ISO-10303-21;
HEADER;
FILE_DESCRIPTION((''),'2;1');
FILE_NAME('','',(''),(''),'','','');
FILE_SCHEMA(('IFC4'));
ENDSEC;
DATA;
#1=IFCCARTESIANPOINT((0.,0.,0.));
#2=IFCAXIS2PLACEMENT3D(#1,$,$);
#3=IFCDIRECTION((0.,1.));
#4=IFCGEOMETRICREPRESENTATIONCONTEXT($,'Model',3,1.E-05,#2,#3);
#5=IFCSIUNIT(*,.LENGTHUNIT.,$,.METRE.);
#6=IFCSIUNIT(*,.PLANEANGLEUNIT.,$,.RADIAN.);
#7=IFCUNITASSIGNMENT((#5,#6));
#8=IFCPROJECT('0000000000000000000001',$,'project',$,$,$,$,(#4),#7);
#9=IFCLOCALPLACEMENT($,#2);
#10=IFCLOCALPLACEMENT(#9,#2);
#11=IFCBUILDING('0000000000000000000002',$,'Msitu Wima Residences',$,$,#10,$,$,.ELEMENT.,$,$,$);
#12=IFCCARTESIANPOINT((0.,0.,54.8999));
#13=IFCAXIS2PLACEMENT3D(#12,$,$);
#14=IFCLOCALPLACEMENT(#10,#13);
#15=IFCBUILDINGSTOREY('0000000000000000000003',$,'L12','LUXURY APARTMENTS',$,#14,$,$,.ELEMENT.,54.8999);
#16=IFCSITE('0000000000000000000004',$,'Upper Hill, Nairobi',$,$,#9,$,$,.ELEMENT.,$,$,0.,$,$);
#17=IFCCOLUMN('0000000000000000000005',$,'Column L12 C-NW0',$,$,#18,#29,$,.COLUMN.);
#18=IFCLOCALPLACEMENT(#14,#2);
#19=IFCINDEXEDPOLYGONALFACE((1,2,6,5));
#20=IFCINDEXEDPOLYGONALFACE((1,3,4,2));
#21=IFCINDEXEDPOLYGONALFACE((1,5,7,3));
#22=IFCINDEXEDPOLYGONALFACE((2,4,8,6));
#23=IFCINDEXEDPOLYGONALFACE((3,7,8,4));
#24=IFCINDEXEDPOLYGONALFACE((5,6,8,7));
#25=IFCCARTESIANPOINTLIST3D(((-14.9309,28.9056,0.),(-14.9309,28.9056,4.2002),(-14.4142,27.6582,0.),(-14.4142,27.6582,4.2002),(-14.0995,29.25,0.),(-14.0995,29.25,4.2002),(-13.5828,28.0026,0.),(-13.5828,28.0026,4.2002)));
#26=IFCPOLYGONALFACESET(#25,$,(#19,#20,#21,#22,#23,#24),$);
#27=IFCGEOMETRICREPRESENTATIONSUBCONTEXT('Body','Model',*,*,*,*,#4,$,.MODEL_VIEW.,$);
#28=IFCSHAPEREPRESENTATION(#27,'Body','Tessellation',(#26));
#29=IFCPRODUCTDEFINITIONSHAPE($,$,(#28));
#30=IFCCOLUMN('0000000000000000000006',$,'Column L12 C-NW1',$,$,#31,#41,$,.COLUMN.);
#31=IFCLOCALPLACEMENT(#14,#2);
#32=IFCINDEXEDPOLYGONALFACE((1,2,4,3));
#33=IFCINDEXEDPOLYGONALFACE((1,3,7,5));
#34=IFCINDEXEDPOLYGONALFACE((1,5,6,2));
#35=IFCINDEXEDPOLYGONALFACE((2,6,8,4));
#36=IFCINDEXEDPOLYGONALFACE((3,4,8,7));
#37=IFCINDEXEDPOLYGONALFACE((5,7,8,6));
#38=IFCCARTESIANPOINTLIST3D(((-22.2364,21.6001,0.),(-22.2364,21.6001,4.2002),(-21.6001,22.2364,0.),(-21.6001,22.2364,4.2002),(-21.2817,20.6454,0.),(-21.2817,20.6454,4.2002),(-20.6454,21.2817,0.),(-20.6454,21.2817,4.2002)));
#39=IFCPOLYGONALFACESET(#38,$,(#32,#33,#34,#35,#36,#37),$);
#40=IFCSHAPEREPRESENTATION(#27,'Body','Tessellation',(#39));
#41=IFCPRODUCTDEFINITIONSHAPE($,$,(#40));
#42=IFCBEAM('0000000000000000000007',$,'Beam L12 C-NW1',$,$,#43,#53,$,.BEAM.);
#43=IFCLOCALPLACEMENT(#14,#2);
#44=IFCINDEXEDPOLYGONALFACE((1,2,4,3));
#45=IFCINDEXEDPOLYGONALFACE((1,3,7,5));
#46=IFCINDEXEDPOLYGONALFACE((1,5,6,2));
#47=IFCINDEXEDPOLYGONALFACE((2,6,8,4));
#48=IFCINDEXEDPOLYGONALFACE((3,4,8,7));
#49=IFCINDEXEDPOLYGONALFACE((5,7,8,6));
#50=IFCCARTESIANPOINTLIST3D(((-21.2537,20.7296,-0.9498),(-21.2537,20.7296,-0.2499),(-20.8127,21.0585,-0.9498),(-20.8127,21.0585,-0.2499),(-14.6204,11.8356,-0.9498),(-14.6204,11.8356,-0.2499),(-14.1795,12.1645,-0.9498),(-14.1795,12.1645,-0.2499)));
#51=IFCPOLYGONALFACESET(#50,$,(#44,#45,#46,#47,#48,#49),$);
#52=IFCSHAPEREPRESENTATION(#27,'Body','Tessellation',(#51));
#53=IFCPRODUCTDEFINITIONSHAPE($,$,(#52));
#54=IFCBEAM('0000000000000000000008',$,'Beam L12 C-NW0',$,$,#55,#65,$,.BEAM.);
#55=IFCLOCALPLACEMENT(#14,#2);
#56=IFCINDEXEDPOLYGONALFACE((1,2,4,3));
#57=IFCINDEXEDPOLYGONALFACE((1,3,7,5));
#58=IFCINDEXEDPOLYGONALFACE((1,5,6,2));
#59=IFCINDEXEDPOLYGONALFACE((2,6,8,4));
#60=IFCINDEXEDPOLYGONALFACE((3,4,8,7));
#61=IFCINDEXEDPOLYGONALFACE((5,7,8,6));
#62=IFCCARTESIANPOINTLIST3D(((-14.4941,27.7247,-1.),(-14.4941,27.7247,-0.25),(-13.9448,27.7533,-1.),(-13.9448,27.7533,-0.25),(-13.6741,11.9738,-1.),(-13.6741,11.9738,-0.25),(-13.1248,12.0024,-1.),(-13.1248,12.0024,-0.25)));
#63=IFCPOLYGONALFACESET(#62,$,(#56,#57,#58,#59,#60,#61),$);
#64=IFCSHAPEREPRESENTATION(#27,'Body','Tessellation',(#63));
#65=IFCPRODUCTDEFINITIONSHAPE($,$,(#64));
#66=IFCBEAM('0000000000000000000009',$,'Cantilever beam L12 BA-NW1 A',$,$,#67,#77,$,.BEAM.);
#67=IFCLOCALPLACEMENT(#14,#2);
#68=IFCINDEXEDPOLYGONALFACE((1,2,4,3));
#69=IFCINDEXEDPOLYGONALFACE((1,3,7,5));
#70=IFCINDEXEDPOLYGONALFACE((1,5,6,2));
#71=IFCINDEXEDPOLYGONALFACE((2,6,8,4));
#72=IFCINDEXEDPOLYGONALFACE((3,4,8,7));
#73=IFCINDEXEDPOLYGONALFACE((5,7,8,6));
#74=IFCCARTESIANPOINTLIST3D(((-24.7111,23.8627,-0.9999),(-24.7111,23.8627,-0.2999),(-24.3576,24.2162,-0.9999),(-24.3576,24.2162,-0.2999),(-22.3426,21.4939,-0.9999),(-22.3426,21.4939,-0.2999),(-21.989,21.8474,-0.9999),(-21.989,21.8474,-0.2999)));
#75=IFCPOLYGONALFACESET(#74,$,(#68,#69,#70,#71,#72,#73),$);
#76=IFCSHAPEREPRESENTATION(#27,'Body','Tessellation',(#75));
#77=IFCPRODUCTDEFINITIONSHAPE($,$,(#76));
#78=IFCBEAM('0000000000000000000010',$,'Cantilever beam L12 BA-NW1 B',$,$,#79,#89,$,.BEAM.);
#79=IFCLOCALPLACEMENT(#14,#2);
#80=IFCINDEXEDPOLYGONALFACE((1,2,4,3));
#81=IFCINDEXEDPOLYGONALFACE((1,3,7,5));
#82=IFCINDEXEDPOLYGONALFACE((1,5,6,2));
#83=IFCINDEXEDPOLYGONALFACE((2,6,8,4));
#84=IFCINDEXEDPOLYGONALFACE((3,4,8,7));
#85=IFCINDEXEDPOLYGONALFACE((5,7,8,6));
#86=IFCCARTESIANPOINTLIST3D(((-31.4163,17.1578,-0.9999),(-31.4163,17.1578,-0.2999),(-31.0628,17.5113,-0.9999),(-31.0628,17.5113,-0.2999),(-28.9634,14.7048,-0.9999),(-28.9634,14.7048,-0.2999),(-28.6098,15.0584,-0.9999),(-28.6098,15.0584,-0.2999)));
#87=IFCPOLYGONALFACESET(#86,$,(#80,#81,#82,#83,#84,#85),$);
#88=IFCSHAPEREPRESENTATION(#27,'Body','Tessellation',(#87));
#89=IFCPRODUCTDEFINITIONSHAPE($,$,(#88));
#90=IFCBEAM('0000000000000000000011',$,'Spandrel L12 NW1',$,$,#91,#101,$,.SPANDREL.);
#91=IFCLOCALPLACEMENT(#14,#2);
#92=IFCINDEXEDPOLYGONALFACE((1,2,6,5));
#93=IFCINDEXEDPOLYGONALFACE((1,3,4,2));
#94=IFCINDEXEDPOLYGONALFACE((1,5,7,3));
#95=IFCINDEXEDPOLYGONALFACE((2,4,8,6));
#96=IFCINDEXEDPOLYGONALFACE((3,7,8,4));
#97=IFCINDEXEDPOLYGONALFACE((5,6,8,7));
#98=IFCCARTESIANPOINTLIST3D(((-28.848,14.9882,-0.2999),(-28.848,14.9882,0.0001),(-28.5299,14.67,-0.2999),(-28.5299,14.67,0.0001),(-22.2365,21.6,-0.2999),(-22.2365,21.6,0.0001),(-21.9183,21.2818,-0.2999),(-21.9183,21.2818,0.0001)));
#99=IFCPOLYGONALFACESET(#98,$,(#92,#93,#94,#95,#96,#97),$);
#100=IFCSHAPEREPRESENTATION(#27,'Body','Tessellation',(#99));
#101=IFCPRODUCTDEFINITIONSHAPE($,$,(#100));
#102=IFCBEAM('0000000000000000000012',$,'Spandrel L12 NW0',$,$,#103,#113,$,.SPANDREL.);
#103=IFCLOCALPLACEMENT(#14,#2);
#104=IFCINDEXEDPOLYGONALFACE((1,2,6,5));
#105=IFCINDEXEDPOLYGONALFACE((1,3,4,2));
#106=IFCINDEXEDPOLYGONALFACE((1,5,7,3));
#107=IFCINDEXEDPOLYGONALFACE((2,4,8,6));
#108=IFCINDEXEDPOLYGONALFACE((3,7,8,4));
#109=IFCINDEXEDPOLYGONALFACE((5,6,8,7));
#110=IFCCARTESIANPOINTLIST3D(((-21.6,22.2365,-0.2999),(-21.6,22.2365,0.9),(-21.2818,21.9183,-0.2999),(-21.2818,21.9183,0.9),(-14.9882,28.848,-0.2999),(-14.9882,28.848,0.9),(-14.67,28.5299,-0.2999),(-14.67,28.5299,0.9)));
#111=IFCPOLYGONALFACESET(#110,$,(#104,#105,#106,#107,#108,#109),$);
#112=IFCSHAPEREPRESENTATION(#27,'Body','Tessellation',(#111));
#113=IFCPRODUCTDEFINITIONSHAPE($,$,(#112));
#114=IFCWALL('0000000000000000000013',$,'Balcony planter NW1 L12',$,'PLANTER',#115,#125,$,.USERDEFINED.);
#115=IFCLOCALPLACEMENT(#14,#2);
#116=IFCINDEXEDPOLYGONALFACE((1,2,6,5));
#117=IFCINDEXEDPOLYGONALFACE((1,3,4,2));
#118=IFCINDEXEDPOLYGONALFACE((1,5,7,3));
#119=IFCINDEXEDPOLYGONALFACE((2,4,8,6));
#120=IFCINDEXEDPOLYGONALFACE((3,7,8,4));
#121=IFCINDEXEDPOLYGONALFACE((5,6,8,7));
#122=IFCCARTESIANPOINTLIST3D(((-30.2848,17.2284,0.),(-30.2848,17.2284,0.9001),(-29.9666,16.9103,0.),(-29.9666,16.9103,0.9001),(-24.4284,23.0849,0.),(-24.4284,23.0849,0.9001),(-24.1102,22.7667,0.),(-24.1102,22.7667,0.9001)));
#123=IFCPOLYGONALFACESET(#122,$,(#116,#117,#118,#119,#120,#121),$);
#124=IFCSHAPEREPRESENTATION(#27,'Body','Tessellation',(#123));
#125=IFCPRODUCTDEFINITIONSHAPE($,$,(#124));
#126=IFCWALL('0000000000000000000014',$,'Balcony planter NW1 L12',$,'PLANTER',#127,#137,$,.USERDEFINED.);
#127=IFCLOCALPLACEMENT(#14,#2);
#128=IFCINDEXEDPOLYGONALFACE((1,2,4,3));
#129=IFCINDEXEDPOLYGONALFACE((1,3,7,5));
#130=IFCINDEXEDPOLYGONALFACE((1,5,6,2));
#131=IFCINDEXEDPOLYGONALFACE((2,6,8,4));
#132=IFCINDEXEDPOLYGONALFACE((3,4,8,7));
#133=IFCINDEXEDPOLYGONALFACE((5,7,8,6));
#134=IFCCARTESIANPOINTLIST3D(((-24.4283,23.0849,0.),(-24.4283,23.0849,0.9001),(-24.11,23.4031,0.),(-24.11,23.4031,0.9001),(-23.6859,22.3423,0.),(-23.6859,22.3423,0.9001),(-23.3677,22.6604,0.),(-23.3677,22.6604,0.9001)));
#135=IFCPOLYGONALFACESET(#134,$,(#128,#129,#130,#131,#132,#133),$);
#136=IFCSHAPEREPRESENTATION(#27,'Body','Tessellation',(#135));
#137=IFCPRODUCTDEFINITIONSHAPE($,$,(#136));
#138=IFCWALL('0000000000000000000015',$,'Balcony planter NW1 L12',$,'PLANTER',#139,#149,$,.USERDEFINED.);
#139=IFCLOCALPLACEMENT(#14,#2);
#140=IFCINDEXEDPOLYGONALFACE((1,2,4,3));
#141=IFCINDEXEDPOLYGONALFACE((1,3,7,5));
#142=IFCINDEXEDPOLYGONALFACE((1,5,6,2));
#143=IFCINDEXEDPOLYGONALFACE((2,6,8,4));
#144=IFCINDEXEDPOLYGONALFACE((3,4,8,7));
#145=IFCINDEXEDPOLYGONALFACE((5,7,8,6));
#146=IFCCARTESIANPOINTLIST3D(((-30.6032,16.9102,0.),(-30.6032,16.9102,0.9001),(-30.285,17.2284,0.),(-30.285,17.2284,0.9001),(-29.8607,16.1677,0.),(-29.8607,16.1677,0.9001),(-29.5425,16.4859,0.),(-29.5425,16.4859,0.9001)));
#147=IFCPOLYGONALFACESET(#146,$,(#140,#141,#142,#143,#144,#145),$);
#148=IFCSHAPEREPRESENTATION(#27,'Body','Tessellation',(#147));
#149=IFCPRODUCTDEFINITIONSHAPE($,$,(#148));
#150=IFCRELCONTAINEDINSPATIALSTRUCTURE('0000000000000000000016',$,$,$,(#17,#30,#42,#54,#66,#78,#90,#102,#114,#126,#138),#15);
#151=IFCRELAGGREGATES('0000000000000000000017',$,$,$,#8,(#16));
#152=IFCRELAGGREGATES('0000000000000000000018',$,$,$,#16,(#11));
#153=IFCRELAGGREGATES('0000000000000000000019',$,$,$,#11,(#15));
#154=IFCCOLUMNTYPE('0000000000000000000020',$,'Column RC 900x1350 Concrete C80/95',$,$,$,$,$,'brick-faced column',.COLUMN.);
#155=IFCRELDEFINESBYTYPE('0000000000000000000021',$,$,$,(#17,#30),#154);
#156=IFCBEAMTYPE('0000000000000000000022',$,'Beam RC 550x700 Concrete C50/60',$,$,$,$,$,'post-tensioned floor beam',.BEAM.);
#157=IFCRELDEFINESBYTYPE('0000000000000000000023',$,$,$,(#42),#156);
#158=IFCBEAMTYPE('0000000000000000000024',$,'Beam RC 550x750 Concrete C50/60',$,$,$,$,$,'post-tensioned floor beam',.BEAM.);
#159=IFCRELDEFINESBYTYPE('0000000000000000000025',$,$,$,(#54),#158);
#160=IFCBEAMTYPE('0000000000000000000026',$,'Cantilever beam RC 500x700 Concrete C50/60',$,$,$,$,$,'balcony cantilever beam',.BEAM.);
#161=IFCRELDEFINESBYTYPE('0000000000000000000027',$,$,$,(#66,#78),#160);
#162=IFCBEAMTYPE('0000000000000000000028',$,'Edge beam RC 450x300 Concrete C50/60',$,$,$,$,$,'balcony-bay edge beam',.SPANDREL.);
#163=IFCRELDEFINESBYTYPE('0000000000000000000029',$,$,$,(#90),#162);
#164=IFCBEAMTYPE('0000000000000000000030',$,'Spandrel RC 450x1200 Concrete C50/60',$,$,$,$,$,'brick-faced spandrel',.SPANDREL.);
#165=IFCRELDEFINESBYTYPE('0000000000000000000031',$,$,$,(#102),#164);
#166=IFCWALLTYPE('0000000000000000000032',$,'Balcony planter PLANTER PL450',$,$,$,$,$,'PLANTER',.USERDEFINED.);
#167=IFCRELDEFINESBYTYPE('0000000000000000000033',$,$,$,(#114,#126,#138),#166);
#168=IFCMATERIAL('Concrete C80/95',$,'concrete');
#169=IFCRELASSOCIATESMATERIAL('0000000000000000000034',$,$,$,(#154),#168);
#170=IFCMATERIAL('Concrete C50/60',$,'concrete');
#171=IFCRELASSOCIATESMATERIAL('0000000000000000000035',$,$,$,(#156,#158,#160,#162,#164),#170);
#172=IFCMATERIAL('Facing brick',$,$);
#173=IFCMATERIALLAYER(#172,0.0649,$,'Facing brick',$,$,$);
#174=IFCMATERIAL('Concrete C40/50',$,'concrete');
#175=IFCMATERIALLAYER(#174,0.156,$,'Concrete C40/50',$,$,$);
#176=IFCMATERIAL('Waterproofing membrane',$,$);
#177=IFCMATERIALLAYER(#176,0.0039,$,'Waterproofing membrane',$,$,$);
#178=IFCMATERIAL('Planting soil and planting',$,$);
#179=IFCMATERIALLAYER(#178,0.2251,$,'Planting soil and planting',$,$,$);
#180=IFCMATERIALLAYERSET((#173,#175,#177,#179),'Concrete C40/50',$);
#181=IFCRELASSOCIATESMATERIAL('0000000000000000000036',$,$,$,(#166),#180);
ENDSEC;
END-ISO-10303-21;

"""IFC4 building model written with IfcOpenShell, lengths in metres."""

from ifc_helpers import new_model, si_unit, direction, frame, frame_2d, origin, origin_2d, place, context, subcontext, project, spatial, rectangle, extrude, material, layer, layer_set, material_profile, profile_set, type_object, element, save


model = new_model("IFC4")

# Units and contexts
model_context = context("Model", 3, precision=1e-05, world=origin(), true_north=direction((0.0, 1.0)))
body_context = subcontext(model_context, "Body", "Model", "MODEL_VIEW")
ifc_project = project(units=[si_unit("LENGTHUNIT", "METRE"), si_unit("PLANEANGLEUNIT", "RADIAN")], contexts=[model_context])

# Site, building, storey
site_placement = place(None, origin())
site = spatial("IfcSite", under=ifc_project, at=site_placement, Name="Upper Hill, Nairobi", CompositionType="ELEMENT", RefElevation=0.0)
building_placement = place(site_placement, origin())
building = spatial("IfcBuilding", under=site, at=building_placement, Name="Msitu Wima Residences", CompositionType="ELEMENT")
storey_placement = place(building_placement, frame((0.0, 0.0, 54.8999)))
storey = spatial("IfcBuildingStorey", under=building, at=storey_placement, Name="L12", Description="LUXURY APARTMENTS", CompositionType="ELEMENT", Elevation=54.8999)

# Columns
ifc_material_1 = material(Name="Concrete C80/95", Category="concrete")
ifc_material_profile_1 = material_profile(ifc_material_1, rectangle(XDim=0.8999, YDim=1.3501, at=origin_2d()), Name="RC 900x1350")
ifc_profile_set_1 = profile_set([ifc_material_profile_1], Name="Concrete C80/95")
column_type = type_object("IfcColumnType", Name="Column RC 900x1350 Concrete C80/95", ElementType="brick-faced column", PredefinedType="COLUMN", material=ifc_profile_set_1)
for number, where, z_axis, x_axis, name in (
    (1, (-14.2568, 28.4541, 0.0), (0.0, 0.0, 1.0), (-0.92388, -0.382683, 0.0), "Column L12 C-NW0"),
    (2, (-21.4409, 21.4409, 0.0), (0.0, 0.0, 1.0), (-0.707107, -0.707107, 0.0), "Column L12 C-NW1"),
):
    element("IfcColumn", number, at=place(storey_placement, frame(where, z_axis=z_axis, x_axis=x_axis)), inside=storey, type_object=column_type, Name=name, PredefinedType="COLUMN", context=body_context, shape_type="SweptSolid", body=[
        extrude(rectangle(XDim=0.8999, YDim=1.3501, at=origin_2d()), origin(), (0.0, 0.0, 1.0), 4.2002),
    ])

# Beams
ifc_material_2 = material(Name="Concrete C50/60", Category="concrete")
ifc_material_profile_2 = material_profile(ifc_material_2, rectangle(XDim=0.55, YDim=0.7, at=origin_2d()), Name="RC 550x700")
ifc_profile_set_2 = profile_set([ifc_material_profile_2], Name="Concrete C50/60")
beam_type_1 = type_object("IfcBeamType", Name="Beam RC 550x700 Concrete C50/60", ElementType="post-tensioned floor beam", PredefinedType="BEAM", material=ifc_profile_set_2)
beam_1_placement = place(storey_placement, frame((-21.0332, 20.894, -0.5999), z_axis=(0.59785, -0.801608, 0.0), x_axis=(0.801608, 0.59785, 0.0)))
element("IfcBeam", 3, at=beam_1_placement, inside=storey, type_object=beam_type_1, Name="Beam L12 C-NW1", PredefinedType="BEAM", context=body_context, shape_type="SweptSolid", body=[
    extrude(rectangle(XDim=0.55, YDim=0.7, at=origin_2d()), origin(), (0.0, 0.0, 1.0), 11.0952),
])
ifc_material_profile_3 = material_profile(ifc_material_2, rectangle(XDim=0.55, YDim=0.75, at=origin_2d()), Name="RC 550x750")
ifc_profile_set_3 = profile_set([ifc_material_profile_3], Name="Concrete C50/60")
beam_type_2 = type_object("IfcBeamType", Name="Beam RC 550x750 Concrete C50/60", ElementType="post-tensioned floor beam", PredefinedType="BEAM", material=ifc_profile_set_3)
beam_2_placement = place(storey_placement, frame((-14.2195, 27.739, -0.625), z_axis=(0.051994, -0.998647, 0.0), x_axis=(0.998647, 0.051994, 0.0)))
element("IfcBeam", 4, at=beam_2_placement, inside=storey, type_object=beam_type_2, Name="Beam L12 C-NW0", PredefinedType="BEAM", context=body_context, shape_type="SweptSolid", body=[
    extrude(rectangle(XDim=0.55, YDim=0.75, at=origin_2d()), origin(), (0.0, 0.0, 1.0), 15.7722),
])
ifc_material_profile_4 = material_profile(ifc_material_2, rectangle(XDim=0.5, YDim=0.7, at=origin_2d()), Name="RC 500x700")
ifc_profile_set_4 = profile_set([ifc_material_profile_4], Name="Concrete C50/60")
beam_type_3 = type_object("IfcBeamType", Name="Cantilever beam RC 500x700 Concrete C50/60", ElementType="balcony cantilever beam", PredefinedType="BEAM", material=ifc_profile_set_4)
beam_3_placement = place(storey_placement, frame((-22.1658, 21.6707, -0.6499), z_axis=(-0.70707, 0.707143, 0.0), x_axis=(-0.707143, -0.70707, 0.0)))
element("IfcBeam", 5, at=beam_3_placement, inside=storey, type_object=beam_type_3, Name="Cantilever beam L12 BA-NW1 A", PredefinedType="BEAM", context=body_context, shape_type="SweptSolid", body=[
    extrude(rectangle(XDim=0.5, YDim=0.7, at=origin_2d()), origin(), (0.0, 0.0, 1.0), 3.3499),
])
beam_4_placement = place(storey_placement, frame((-28.7866, 14.8816, -0.6499), z_axis=(-0.707107, 0.707107, 0.0), x_axis=(-0.707107, -0.707107, 0.0)))
element("IfcBeam", 6, at=beam_4_placement, inside=storey, type_object=beam_type_3, Name="Cantilever beam L12 BA-NW1 B", PredefinedType="BEAM", context=body_context, shape_type="SweptSolid", body=[
    extrude(rectangle(XDim=0.5, YDim=0.7, at=origin_2d()), origin(), (0.0, 0.0, 1.0), 3.469),
])
ifc_material_profile_5 = material_profile(ifc_material_2, rectangle(XDim=0.45, YDim=0.3, at=origin_2d()), Name="RC 450x300")
ifc_profile_set_5 = profile_set([ifc_material_profile_5], Name="Concrete C50/60")
beam_type_4 = type_object("IfcBeamType", Name="Edge beam RC 450x300 Concrete C50/60", ElementType="balcony-bay edge beam", PredefinedType="SPANDREL", material=ifc_profile_set_5)
beam_5_placement = place(storey_placement, frame((-22.0774, 21.4409, -0.1499), z_axis=(-0.707094, -0.70712, 0.0), x_axis=(0.70712, -0.707094, 0.0)))
element("IfcBeam", 7, at=beam_5_placement, inside=storey, type_object=beam_type_4, Name="Spandrel L12 NW1", PredefinedType="SPANDREL", context=body_context, shape_type="SweptSolid", body=[
    extrude(rectangle(XDim=0.45, YDim=0.3, at=origin_2d()), origin(), (0.0, 0.0, 1.0), 9.3503),
])
ifc_material_profile_6 = material_profile(ifc_material_2, rectangle(XDim=0.45, YDim=1.2, at=origin_2d()), Name="RC 450x1200")
ifc_profile_set_6 = profile_set([ifc_material_profile_6], Name="Concrete C50/60")
beam_type_5 = type_object("IfcBeamType", Name="Spandrel RC 450x1200 Concrete C50/60", ElementType="brick-faced spandrel", PredefinedType="SPANDREL", material=ifc_profile_set_6)
beam_6_placement = place(storey_placement, frame((-14.8291, 28.689, 0.3), z_axis=(-0.70712, -0.707094, 0.0), x_axis=(0.707094, -0.70712, 0.0)))
element("IfcBeam", 8, at=beam_6_placement, inside=storey, type_object=beam_type_5, Name="Spandrel L12 NW0", PredefinedType="SPANDREL", context=body_context, shape_type="SweptSolid", body=[
    extrude(rectangle(XDim=0.45, YDim=1.2, at=origin_2d()), origin(), (0.0, 0.0, 1.0), 9.3503),
])

# Walls
ifc_material_3 = material(Name="Facing brick")
ifc_layer_1 = layer(ifc_material_3, 0.0649, Name="Facing brick")
ifc_material_4 = material(Name="Concrete C40/50", Category="concrete")
ifc_layer_2 = layer(ifc_material_4, 0.156, Name="Concrete C40/50")
ifc_material_5 = material(Name="Waterproofing membrane")
ifc_layer_3 = layer(ifc_material_5, 0.0039, Name="Waterproofing membrane")
ifc_material_6 = material(Name="Planting soil and planting")
ifc_layer_4 = layer(ifc_material_6, 0.2251, Name="Planting soil and planting")
ifc_layer_set_1 = layer_set([ifc_layer_1, ifc_layer_2, ifc_layer_3, ifc_layer_4], Name="Concrete C40/50")
wall_type_1 = type_object("IfcWallType", Name="Balcony planter PLANTER PL450", ElementType="PLANTER", PredefinedType="USERDEFINED", material=ifc_layer_set_1)
wall_1_placement = place(storey_placement, frame((-24.2693, 22.9258, 0.0), z_axis=(0.0, 0.0, 1.0), x_axis=(-0.707107, -0.707107, 0.0)))
element("IfcWall", 9, at=wall_1_placement, inside=storey, type_object=wall_type_1, Name="Balcony planter NW1 L12", ObjectType="PLANTER", PredefinedType="USERDEFINED", context=body_context, shape_type="SweptSolid", body=[
    extrude(rectangle(XDim=8.2822, YDim=0.45, at=frame_2d((4.1411, 0.0))), origin(), (0.0, 0.0, 1.0), 0.9001),
])
for number, where, z_axis, x_axis, name in (
    (10, (-23.5269, 22.5015, 0.0), (0.0, 0.0, 1.0), (-0.706991, 0.707223, 0.0), "Balcony planter NW1 L12"),
    (11, (-29.7017, 16.3269, 0.0), (0.0, 0.0, 1.0), (-0.707107, 0.707107, 0.0), "Balcony planter NW1 L12"),
):
    element("IfcWall", number, at=place(storey_placement, frame(where, z_axis=z_axis, x_axis=x_axis)), inside=storey, type_object=wall_type_1, Name=name, ObjectType="PLANTER", PredefinedType="USERDEFINED", context=body_context, shape_type="SweptSolid", body=[
        extrude(rectangle(XDim=1.05, YDim=0.45, at=frame_2d((0.5249, 0.0))), origin(), (0.0, 0.0, 1.0), 0.9001),
    ])

save(model, "model.ifc")
